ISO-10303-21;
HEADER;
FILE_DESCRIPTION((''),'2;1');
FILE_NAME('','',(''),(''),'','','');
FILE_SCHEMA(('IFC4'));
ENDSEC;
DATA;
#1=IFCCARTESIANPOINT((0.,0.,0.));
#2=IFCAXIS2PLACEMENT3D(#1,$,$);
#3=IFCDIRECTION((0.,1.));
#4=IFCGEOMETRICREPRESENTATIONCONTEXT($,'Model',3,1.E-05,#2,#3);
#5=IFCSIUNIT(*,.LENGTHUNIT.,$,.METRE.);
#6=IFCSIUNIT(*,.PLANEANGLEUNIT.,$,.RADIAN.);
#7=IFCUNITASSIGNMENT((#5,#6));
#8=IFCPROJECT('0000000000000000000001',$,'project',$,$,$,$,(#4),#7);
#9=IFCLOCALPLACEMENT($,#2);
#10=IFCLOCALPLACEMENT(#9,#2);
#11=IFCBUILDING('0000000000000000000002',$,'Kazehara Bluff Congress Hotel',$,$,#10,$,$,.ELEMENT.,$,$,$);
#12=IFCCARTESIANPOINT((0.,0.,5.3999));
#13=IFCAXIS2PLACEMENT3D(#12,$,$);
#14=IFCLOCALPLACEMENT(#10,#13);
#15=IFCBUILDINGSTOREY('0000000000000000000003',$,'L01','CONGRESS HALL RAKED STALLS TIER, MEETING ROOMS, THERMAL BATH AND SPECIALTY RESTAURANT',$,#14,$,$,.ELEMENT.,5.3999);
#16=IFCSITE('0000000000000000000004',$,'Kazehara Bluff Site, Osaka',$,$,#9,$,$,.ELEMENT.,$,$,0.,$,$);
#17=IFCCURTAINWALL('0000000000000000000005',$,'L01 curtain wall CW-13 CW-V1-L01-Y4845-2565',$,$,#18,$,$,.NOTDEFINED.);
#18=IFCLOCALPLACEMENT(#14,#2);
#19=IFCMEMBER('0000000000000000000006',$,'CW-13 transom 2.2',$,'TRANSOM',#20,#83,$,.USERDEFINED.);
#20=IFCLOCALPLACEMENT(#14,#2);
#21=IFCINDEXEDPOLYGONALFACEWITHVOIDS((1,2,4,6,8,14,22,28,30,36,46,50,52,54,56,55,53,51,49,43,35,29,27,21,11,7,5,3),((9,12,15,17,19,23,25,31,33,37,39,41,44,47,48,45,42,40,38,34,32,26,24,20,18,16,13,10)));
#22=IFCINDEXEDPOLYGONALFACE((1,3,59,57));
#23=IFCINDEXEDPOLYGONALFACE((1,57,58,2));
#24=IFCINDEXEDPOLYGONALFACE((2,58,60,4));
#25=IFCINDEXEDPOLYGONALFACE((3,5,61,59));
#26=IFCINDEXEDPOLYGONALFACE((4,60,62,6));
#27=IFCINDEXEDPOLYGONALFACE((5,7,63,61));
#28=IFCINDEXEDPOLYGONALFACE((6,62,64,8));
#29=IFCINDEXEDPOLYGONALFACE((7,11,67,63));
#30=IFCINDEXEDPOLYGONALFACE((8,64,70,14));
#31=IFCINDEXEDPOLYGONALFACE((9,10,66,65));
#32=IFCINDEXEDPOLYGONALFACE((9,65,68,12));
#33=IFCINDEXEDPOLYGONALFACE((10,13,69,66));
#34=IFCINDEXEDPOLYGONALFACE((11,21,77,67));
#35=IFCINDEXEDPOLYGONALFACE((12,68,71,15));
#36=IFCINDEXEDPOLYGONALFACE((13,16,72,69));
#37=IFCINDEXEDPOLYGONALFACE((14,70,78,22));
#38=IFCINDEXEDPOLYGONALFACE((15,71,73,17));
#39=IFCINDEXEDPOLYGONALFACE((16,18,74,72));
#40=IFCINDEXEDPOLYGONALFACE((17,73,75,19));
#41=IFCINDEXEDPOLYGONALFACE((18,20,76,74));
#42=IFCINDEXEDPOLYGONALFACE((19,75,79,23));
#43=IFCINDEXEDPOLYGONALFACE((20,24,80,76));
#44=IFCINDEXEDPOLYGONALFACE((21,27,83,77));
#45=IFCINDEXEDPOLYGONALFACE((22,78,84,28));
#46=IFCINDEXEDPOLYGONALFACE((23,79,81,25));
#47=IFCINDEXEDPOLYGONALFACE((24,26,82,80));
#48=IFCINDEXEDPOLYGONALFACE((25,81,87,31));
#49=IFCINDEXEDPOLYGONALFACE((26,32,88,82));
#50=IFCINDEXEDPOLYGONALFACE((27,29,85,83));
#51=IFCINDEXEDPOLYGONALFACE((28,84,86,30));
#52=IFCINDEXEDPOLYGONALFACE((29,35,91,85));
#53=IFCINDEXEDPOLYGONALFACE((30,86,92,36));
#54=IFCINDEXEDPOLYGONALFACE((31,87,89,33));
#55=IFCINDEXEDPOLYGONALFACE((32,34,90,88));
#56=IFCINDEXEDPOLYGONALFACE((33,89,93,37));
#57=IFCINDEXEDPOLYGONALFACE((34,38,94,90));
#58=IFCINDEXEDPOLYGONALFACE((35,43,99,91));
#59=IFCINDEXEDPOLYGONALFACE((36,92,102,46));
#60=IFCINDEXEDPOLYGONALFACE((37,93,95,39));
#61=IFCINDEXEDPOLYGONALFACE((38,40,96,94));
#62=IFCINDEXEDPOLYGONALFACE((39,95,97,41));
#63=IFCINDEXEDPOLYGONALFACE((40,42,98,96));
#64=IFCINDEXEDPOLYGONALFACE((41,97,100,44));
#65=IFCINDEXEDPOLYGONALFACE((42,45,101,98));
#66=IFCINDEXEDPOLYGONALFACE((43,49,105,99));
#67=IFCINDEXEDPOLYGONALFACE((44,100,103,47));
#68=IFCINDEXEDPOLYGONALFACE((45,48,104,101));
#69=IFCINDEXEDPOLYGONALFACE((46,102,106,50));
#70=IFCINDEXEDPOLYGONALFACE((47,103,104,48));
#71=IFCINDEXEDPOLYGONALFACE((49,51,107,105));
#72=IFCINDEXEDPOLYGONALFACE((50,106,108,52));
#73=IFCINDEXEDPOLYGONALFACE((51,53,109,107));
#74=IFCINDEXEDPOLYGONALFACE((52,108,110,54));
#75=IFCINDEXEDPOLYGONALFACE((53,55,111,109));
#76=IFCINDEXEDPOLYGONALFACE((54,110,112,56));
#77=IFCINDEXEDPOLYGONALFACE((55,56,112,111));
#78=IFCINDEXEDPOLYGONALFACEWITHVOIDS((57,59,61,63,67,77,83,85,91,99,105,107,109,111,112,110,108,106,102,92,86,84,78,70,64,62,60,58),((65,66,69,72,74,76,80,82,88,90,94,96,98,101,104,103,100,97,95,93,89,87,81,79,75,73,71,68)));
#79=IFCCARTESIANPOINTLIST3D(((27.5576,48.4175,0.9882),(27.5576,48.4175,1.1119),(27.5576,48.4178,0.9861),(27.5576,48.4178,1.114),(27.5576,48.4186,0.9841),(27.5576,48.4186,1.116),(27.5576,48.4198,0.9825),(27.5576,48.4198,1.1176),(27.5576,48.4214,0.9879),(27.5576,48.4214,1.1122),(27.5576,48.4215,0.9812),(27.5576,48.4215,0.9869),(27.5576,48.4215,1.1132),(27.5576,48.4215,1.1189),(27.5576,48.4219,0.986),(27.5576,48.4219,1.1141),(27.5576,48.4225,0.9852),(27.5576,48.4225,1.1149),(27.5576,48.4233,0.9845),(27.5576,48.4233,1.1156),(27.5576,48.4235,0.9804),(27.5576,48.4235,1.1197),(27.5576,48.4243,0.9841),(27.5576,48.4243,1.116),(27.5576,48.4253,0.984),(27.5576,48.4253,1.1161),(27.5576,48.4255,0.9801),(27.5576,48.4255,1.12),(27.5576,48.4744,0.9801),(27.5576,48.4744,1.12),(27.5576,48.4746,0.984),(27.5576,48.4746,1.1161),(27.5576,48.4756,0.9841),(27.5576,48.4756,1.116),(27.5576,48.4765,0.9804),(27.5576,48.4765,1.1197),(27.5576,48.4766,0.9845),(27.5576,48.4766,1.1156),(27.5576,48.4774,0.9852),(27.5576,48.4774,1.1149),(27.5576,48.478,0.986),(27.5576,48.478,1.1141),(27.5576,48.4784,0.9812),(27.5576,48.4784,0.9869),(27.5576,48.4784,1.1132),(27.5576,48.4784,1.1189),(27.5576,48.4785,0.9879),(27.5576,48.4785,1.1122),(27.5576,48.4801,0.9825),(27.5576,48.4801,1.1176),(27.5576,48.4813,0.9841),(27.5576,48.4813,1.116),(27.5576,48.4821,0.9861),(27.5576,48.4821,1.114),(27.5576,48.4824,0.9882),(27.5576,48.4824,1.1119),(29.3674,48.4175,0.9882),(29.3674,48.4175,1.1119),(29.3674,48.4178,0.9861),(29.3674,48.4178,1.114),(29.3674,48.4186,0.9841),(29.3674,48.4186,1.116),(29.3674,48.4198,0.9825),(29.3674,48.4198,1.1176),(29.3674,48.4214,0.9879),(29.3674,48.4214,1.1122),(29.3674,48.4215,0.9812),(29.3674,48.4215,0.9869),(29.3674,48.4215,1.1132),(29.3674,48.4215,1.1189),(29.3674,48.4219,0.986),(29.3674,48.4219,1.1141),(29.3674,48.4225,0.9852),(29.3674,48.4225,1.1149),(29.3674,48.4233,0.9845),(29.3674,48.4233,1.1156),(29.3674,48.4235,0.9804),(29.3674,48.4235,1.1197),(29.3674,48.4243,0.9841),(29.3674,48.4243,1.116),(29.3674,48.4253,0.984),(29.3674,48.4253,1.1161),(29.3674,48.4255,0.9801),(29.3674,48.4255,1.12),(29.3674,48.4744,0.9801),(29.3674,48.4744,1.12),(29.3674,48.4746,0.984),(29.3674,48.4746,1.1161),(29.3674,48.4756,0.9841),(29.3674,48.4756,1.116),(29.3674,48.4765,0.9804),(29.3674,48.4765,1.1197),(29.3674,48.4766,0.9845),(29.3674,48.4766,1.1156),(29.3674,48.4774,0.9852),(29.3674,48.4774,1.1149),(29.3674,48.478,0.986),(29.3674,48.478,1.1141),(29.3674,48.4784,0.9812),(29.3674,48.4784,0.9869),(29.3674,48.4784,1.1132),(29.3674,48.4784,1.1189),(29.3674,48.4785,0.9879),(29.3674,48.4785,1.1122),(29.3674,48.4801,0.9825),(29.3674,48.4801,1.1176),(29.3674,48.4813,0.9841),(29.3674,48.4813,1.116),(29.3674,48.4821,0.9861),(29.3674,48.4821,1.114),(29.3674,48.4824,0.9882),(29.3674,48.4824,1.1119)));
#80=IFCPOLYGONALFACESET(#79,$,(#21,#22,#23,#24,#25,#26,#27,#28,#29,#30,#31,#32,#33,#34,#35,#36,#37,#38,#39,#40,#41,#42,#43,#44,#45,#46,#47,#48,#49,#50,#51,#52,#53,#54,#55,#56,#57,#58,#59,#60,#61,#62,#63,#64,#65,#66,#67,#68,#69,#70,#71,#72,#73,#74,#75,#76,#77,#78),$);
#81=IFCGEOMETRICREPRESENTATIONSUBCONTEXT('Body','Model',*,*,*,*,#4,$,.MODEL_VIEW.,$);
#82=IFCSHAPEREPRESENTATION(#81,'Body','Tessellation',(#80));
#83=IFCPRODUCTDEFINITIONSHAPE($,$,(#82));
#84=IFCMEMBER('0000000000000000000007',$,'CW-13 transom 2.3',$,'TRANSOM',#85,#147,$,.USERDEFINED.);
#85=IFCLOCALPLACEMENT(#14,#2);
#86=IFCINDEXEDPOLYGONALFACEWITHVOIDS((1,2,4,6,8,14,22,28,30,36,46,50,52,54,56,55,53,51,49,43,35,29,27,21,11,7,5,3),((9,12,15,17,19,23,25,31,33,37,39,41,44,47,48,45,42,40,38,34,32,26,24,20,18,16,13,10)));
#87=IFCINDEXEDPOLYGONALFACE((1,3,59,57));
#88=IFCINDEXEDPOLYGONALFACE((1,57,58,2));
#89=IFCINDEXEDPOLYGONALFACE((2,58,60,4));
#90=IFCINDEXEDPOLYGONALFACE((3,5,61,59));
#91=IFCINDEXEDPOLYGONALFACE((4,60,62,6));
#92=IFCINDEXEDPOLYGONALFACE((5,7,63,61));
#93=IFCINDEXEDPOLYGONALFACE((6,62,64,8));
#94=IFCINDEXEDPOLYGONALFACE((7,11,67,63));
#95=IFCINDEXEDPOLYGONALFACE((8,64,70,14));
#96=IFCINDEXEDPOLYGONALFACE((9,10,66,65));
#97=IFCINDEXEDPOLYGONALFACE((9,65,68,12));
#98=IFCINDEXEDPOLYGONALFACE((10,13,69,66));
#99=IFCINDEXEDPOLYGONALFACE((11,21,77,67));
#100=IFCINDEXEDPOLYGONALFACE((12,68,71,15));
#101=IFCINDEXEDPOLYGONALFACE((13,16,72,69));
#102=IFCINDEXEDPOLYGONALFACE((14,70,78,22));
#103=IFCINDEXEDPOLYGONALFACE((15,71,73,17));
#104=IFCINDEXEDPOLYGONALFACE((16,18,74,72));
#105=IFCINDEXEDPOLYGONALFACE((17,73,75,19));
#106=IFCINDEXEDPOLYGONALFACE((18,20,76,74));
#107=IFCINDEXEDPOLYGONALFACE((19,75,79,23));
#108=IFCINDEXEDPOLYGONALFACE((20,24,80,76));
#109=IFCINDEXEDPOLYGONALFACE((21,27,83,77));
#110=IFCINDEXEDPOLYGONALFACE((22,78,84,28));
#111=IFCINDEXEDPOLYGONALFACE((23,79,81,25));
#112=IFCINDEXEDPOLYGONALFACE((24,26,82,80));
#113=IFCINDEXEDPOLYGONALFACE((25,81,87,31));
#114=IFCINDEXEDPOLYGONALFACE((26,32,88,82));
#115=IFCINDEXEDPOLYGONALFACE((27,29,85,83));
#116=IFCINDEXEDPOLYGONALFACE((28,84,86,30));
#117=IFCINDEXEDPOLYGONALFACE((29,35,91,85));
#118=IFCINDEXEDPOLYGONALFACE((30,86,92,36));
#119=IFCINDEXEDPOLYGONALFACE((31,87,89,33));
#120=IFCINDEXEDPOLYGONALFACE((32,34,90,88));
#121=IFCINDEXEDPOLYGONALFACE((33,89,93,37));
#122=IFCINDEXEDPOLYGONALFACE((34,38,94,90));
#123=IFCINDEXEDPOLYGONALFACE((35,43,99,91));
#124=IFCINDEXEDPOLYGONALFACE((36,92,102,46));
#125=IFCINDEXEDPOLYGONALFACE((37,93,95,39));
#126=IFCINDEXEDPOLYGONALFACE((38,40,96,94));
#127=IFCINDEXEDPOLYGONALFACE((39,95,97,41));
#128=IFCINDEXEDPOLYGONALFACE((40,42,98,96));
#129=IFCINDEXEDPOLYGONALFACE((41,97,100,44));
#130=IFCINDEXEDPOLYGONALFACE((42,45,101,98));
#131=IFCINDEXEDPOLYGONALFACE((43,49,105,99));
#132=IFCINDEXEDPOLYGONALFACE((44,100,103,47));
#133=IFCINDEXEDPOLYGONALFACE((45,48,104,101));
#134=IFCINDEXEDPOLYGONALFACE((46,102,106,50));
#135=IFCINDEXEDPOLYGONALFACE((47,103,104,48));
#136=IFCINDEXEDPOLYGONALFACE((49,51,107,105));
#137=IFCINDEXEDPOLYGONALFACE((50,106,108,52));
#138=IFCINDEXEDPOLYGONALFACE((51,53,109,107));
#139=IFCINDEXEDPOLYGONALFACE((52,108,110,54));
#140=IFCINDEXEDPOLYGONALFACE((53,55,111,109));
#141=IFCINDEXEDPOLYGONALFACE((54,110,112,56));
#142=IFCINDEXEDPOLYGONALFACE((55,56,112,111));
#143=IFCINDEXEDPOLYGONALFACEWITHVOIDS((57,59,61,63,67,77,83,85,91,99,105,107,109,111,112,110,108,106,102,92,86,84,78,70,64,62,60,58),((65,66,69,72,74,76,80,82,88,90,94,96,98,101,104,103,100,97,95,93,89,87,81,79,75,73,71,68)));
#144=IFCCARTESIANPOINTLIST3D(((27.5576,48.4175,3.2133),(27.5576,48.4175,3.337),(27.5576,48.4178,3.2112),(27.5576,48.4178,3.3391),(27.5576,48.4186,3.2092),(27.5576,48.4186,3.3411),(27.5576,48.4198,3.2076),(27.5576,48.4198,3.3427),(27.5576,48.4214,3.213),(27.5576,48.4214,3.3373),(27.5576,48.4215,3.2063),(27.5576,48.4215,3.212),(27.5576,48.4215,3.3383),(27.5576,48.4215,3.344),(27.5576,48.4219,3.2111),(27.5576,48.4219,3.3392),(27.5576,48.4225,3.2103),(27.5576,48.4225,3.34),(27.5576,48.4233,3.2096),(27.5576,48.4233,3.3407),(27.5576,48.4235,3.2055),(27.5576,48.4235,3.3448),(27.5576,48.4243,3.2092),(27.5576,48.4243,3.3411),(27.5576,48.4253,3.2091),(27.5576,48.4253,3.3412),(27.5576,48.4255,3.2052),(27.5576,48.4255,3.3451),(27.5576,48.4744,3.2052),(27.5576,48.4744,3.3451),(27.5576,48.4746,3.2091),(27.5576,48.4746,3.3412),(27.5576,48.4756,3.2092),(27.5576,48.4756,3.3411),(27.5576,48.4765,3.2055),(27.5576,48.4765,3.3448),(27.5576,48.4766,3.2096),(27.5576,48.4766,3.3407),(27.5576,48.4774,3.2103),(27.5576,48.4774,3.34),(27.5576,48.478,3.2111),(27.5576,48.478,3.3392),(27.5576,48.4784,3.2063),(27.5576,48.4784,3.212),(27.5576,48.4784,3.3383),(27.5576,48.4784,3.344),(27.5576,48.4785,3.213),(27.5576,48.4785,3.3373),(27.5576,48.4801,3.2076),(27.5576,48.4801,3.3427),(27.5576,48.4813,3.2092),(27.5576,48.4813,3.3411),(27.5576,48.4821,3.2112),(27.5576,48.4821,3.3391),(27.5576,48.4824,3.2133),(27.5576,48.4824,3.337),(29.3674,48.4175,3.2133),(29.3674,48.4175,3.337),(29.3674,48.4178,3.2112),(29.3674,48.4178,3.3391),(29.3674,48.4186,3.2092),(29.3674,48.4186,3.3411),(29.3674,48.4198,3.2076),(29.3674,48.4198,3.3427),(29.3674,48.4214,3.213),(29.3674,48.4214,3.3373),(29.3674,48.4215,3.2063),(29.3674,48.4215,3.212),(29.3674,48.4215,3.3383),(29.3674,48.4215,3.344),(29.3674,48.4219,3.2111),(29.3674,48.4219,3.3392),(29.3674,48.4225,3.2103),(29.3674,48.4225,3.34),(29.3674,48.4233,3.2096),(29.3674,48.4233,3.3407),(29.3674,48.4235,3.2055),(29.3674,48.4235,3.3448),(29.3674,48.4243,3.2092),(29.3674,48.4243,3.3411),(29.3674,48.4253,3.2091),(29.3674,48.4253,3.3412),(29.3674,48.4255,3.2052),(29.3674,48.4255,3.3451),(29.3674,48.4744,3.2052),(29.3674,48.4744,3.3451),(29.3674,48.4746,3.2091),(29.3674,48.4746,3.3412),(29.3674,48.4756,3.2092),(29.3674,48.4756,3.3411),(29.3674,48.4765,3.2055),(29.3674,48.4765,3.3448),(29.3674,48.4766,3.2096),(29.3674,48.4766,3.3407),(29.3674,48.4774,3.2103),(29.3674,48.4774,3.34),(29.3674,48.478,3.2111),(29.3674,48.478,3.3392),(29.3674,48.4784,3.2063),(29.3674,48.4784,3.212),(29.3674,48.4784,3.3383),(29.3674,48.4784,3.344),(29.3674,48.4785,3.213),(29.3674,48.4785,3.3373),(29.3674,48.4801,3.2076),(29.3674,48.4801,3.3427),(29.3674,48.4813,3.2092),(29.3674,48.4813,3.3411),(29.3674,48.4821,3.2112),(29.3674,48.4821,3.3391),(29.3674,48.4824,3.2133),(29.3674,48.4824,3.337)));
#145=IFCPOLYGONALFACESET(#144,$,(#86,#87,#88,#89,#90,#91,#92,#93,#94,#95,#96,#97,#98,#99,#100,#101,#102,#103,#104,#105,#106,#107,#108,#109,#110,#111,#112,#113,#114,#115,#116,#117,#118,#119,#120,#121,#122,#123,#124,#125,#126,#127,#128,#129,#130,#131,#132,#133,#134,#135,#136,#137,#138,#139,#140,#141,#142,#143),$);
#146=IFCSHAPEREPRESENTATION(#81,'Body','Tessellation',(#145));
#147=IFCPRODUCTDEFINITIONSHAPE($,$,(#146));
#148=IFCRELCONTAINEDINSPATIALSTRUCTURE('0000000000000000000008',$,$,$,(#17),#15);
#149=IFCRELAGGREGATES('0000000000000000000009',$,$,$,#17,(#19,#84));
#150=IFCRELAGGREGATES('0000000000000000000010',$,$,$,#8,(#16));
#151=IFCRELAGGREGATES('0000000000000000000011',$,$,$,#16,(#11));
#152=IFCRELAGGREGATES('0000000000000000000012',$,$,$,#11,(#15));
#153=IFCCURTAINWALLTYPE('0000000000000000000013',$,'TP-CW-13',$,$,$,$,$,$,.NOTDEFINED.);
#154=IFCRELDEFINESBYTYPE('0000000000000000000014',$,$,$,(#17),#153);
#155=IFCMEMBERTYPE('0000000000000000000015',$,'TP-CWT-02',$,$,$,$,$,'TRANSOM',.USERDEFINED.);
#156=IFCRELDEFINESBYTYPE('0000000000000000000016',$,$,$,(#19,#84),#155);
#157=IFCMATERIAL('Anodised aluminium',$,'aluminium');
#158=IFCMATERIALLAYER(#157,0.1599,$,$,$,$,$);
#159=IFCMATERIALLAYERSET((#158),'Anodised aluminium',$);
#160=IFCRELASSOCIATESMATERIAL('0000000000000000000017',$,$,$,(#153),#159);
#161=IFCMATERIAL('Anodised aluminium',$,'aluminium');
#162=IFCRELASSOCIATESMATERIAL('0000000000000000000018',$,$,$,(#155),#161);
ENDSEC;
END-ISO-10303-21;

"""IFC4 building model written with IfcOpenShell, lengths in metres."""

from ifc_helpers import new_model, si_unit, direction, frame, origin, origin_2d, place, context, subcontext, project, spatial, hollow_rectangle, extrude, material, layer, layer_set, material_profile, profile_set, type_object, element, aggregate, save


model = new_model("IFC4")

# Units and contexts
model_context = context("Model", 3, precision=1e-05, world=origin(), true_north=direction((0.0, 1.0)))
body_context = subcontext(model_context, "Body", "Model", "MODEL_VIEW")
ifc_project = project(units=[si_unit("LENGTHUNIT", "METRE"), si_unit("PLANEANGLEUNIT", "RADIAN")], contexts=[model_context])

# Site, building, storey
site_placement = place(None, origin())
site = spatial("IfcSite", under=ifc_project, at=site_placement, Name="Kazehara Bluff Site, Osaka", CompositionType="ELEMENT", RefElevation=0.0)
building_placement = place(site_placement, origin())
building = spatial("IfcBuilding", under=site, at=building_placement, Name="Kazehara Bluff Congress Hotel", CompositionType="ELEMENT")
storey_placement = place(building_placement, frame((0.0, 0.0, 5.3999)))
storey = spatial("IfcBuildingStorey", under=building, at=storey_placement, Name="L01", Description="CONGRESS HALL RAKED STALLS TIER, MEETING ROOMS, THERMAL BATH AND SPECIALTY RESTAURANT", CompositionType="ELEMENT", Elevation=5.3999)

# Curtain wall
ifc_material_1 = material(Name="Anodised aluminium", Category="aluminium")
ifc_layer_1 = layer(ifc_material_1, 0.1599)
ifc_layer_set_1 = layer_set([ifc_layer_1], Name="Anodised aluminium")
curtain_wall_type_1 = type_object("IfcCurtainWallType", Name="TP-CW-13", PredefinedType="NOTDEFINED", material=ifc_layer_set_1)
curtain_wall_1_placement = place(storey_placement, origin())
curtain_wall_1 = element("IfcCurtainWall", 1, at=curtain_wall_1_placement, inside=storey, type_object=curtain_wall_type_1, Name="L01 curtain wall CW-13 CW-V1-L01-Y4845-2565", PredefinedType="NOTDEFINED")

# Members
ifc_material_2 = material(Name="Anodised aluminium", Category="aluminium")
ifc_material_profile_1 = material_profile(ifc_material_2, hollow_rectangle(XDim=0.0649, YDim=0.1399, WallThickness=0.0039, InnerFilletRadius=0.0039, OuterFilletRadius=0.0081, at=origin_2d()))
ifc_profile_set_1 = profile_set([ifc_material_profile_1], Name="Anodised aluminium")
member_type_1 = type_object("IfcMemberType", Name="TP-CWT-02", ElementType="TRANSOM", PredefinedType="USERDEFINED", material=ifc_profile_set_1)
member_1_placement = place(storey_placement, frame((27.5576, 48.45, 1.05), z_axis=(1.0, 0.0, 0.0), x_axis=(0.0, 1.0, 0.0)))
member_1 = element("IfcMember", 2, at=member_1_placement, type_object=member_type_1, Name="CW-13 transom 2.2", ObjectType="TRANSOM", PredefinedType="USERDEFINED", context=body_context, shape_type="SweptSolid", body=[
    extrude(hollow_rectangle(XDim=0.0649, YDim=0.1399, WallThickness=0.0039, InnerFilletRadius=0.0039, OuterFilletRadius=0.0081, at=origin_2d()), origin(), (0.0, 0.0, 1.0), 1.8098),
])
member_2_placement = place(storey_placement, frame((27.5576, 48.45, 3.2751), z_axis=(1.0, 0.0, 0.0), x_axis=(0.0, 1.0, 0.0)))
member_2 = element("IfcMember", 3, at=member_2_placement, type_object=member_type_1, Name="CW-13 transom 2.3", ObjectType="TRANSOM", PredefinedType="USERDEFINED", context=body_context, shape_type="SweptSolid", body=[
    extrude(hollow_rectangle(XDim=0.0649, YDim=0.1399, WallThickness=0.0039, InnerFilletRadius=0.0039, OuterFilletRadius=0.0081, at=origin_2d()), origin(), (0.0, 0.0, 1.0), 1.8098),
])

aggregate(curtain_wall_1, [member_1, member_2])

save(model, "model.ifc")
